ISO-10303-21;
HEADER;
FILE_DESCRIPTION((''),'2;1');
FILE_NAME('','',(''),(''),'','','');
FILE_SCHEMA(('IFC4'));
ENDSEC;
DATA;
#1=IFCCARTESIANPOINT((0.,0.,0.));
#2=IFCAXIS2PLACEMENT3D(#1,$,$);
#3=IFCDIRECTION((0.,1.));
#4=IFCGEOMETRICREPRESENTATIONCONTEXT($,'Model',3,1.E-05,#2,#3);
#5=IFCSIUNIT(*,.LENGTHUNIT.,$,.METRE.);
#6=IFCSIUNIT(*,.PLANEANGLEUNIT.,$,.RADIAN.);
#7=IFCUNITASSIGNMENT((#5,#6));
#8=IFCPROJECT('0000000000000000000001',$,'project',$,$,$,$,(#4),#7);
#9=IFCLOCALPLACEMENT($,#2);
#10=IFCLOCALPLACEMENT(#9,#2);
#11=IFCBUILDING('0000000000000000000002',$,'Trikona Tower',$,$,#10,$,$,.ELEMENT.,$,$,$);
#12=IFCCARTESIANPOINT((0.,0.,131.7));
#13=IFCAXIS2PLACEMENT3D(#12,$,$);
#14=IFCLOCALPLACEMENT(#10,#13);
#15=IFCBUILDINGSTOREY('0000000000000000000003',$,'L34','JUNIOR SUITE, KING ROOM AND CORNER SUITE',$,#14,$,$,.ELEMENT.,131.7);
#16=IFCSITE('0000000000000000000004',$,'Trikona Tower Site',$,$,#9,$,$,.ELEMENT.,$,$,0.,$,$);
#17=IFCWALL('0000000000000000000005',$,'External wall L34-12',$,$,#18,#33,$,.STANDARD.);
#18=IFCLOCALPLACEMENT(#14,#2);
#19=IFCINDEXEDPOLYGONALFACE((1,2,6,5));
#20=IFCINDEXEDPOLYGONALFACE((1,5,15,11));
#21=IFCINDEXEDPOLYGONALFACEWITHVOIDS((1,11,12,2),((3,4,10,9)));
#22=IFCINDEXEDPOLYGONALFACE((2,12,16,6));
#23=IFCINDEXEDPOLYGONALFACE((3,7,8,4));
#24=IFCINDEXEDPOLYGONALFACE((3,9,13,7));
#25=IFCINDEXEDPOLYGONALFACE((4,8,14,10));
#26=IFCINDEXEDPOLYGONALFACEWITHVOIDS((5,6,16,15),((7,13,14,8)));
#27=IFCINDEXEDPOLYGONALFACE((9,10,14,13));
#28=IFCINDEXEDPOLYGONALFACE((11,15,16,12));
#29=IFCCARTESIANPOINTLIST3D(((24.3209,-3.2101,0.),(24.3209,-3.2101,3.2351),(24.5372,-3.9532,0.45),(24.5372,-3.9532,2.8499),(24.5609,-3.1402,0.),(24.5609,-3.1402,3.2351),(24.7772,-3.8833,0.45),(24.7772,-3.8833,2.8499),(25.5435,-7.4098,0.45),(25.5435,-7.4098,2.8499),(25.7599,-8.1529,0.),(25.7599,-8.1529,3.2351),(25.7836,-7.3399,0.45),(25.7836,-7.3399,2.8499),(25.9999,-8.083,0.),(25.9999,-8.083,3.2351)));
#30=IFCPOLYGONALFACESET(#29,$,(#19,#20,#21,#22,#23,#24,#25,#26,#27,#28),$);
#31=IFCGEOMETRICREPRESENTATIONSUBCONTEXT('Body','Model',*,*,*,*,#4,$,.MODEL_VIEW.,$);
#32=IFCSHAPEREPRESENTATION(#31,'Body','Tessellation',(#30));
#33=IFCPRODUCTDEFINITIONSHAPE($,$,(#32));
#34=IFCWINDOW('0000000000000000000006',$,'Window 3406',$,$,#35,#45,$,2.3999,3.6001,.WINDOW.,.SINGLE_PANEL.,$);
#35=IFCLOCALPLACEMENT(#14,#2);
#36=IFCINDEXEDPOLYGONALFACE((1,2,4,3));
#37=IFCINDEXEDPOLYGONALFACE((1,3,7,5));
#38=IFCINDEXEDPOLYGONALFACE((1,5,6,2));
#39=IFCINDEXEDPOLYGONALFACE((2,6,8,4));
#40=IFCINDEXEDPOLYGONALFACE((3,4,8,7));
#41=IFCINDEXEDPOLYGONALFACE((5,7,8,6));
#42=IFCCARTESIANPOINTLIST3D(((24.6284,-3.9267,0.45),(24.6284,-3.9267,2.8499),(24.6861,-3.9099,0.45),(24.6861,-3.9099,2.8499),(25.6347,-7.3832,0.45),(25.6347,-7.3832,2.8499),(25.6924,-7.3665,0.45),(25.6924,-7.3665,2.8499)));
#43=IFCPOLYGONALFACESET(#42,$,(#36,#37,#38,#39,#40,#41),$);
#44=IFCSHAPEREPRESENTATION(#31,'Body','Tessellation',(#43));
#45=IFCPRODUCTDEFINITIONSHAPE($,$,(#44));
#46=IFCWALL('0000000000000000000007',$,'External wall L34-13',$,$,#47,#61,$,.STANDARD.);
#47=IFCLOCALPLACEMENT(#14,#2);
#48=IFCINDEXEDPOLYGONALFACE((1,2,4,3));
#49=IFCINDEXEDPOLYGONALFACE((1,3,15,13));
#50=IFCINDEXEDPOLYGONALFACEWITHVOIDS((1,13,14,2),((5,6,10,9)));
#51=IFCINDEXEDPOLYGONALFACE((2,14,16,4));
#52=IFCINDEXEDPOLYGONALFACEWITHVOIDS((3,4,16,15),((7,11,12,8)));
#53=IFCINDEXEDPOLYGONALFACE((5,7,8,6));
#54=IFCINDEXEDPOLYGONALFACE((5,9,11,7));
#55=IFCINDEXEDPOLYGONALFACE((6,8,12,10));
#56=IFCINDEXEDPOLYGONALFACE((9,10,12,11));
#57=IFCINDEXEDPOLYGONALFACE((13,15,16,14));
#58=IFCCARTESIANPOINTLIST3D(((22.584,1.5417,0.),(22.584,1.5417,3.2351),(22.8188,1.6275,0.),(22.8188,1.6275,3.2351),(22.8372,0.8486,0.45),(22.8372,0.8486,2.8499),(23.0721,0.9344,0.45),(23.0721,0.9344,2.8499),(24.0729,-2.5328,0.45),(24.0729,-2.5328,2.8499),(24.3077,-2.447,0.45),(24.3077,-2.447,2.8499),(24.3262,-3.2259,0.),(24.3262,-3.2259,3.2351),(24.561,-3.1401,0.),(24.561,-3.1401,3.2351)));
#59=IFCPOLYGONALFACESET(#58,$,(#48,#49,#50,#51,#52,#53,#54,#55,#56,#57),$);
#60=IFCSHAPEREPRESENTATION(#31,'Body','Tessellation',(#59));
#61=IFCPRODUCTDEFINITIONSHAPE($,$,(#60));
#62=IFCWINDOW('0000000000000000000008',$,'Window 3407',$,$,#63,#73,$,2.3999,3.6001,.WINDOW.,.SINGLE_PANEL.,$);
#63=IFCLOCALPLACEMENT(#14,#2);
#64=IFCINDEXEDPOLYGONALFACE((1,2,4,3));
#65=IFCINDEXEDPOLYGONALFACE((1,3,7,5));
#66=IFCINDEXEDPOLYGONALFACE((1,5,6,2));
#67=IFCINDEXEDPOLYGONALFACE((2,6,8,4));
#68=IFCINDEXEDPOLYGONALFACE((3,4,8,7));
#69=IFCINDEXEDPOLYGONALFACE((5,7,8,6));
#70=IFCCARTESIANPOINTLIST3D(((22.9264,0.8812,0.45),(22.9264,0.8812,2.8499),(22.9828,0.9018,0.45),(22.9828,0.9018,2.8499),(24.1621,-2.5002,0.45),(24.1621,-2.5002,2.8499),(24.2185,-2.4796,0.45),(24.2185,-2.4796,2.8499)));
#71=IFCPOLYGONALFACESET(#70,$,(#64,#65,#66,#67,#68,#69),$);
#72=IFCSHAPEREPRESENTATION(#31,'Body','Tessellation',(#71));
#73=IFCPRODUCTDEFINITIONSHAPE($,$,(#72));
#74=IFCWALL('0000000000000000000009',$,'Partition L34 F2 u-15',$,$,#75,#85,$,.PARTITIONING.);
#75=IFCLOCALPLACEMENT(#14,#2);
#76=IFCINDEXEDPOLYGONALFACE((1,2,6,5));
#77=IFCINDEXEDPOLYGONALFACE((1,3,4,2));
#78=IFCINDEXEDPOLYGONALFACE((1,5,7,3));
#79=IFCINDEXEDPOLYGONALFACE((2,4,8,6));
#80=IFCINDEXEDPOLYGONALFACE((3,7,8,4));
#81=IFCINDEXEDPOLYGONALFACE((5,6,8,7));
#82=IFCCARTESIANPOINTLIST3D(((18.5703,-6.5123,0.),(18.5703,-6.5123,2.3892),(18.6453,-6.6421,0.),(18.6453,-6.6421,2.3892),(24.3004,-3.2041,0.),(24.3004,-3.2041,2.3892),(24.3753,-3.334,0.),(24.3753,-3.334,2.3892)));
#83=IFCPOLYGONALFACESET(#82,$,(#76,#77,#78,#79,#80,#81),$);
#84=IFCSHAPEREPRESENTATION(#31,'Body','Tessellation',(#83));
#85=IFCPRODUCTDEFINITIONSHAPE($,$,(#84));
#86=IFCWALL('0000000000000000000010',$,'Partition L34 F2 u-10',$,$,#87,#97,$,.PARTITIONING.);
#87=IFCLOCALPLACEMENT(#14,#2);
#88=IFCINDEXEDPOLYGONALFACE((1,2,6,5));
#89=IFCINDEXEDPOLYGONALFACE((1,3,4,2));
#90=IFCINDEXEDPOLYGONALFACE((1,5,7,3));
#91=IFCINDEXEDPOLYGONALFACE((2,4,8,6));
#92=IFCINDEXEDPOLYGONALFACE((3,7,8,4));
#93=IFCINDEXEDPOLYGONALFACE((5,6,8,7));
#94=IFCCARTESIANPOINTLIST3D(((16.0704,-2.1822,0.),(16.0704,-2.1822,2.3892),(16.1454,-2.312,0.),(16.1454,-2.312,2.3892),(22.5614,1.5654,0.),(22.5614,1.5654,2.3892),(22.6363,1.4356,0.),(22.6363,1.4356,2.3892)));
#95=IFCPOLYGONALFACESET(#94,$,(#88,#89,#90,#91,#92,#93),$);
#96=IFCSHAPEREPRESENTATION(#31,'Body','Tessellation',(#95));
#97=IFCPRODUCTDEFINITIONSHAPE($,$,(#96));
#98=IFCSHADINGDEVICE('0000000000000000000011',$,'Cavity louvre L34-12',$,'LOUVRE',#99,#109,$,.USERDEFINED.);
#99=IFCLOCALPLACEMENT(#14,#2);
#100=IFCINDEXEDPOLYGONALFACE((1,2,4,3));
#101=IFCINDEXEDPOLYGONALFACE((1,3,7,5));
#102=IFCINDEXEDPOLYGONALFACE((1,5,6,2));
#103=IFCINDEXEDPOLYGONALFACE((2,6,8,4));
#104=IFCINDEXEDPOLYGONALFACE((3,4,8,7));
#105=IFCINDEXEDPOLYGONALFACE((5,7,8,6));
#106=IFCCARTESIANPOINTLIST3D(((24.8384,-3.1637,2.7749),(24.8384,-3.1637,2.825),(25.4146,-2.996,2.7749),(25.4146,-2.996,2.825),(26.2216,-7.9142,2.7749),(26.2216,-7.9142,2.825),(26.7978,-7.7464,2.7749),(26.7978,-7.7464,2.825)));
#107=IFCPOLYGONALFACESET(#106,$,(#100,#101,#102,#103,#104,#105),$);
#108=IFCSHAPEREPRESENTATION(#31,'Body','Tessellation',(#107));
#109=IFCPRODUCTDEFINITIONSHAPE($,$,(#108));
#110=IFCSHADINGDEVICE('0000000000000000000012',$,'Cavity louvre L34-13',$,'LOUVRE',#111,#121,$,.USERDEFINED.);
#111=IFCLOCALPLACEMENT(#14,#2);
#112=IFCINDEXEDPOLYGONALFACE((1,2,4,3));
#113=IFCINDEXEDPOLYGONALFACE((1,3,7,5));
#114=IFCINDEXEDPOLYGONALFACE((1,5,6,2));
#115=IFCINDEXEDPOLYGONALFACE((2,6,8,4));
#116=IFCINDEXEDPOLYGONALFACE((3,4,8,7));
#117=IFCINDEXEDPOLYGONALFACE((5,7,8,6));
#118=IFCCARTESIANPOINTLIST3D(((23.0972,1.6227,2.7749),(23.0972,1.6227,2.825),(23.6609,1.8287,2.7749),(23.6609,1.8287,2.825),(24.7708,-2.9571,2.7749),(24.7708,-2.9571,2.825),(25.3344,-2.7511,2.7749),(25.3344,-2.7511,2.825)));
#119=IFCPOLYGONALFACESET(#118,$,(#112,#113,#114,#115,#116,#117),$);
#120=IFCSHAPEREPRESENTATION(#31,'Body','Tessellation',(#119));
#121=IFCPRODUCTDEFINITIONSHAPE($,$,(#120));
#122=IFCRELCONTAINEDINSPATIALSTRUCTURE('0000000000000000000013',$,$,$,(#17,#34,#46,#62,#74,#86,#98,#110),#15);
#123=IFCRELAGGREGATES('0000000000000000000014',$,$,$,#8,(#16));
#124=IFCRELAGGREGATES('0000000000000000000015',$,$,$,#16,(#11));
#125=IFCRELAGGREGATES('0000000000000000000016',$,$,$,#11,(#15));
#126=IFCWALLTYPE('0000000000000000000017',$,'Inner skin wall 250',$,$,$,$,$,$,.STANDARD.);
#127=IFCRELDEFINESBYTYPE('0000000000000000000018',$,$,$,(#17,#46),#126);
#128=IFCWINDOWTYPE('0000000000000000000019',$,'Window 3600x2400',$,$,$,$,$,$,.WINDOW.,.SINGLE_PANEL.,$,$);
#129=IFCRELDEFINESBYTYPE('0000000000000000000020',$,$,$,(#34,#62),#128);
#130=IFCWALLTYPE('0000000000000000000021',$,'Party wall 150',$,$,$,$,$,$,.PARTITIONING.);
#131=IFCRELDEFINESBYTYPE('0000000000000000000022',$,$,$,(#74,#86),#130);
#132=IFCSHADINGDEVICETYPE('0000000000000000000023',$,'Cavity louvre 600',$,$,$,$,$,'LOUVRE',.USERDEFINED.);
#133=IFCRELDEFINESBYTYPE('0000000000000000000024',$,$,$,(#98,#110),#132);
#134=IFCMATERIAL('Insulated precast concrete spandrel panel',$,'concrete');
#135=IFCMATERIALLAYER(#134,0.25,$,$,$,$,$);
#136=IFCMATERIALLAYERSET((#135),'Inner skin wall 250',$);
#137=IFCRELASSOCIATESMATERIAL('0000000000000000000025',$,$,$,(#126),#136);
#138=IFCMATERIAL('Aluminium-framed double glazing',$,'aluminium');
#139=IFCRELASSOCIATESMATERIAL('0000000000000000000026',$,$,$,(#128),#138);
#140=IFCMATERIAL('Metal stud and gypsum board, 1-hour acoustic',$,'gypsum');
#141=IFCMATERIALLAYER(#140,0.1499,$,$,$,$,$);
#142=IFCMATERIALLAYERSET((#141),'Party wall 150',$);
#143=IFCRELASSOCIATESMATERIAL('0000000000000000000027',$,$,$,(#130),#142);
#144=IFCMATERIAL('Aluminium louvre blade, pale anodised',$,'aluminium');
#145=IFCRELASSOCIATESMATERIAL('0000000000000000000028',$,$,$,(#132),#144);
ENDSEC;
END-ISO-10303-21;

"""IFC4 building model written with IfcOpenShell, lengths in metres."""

from ifc_helpers import new_model, si_unit, direction, frame, frame_2d, origin, origin_2d, place, context, subcontext, project, spatial, rectangle, extrude, material, layer, layer_set, type_object, element, fill, save


model = new_model("IFC4")

# Units and contexts
model_context = context("Model", 3, precision=1e-05, world=origin(), true_north=direction((0.0, 1.0)))
body_context = subcontext(model_context, "Body", "Model", "MODEL_VIEW")
ifc_project = project(units=[si_unit("LENGTHUNIT", "METRE"), si_unit("PLANEANGLEUNIT", "RADIAN")], contexts=[model_context])

# Site, building, storey
site_placement = place(None, origin())
site = spatial("IfcSite", under=ifc_project, at=site_placement, Name="Trikona Tower Site", CompositionType="ELEMENT", RefElevation=0.0)
building_placement = place(site_placement, origin())
building = spatial("IfcBuilding", under=site, at=building_placement, Name="Trikona Tower", CompositionType="ELEMENT")
storey_placement = place(building_placement, frame((0.0, 0.0, 131.7)))
storey = spatial("IfcBuildingStorey", under=building, at=storey_placement, Name="L34", Description="JUNIOR SUITE, KING ROOM AND CORNER SUITE", CompositionType="ELEMENT", Elevation=131.7)

# Walls, openings, windows
ifc_material_1 = material(Name="Insulated precast concrete spandrel panel", Category="concrete")
ifc_layer_1 = layer(ifc_material_1, 0.25)
ifc_layer_set_1 = layer_set([ifc_layer_1], Name="Inner skin wall 250")
wall_type_1 = type_object("IfcWallType", Name="Inner skin wall 250", PredefinedType="STANDARD", material=ifc_layer_set_1)
wall_1_placement = place(storey_placement, frame((25.8799, -8.1179, 0.0), z_axis=(0.0, 0.0, 1.0), x_axis=(-0.279528, 0.960137, 0.0)))
wall_1 = element("IfcWall", 1, at=wall_1_placement, inside=storey, type_object=wall_type_1, Name="External wall L34-12", PredefinedType="STANDARD", context=body_context, shape_type="SweptSolid", body=[
    extrude(rectangle(XDim=5.1479, YDim=0.25, at=frame_2d((2.574, 0.0))), origin(), (0.0, 0.0, 1.0), 3.2351),
])
opening_1_placement = place(wall_1_placement, frame((0.7739, 0.0, 0.45)))
opening_1 = element("IfcOpeningElement", 2, at=opening_1_placement, cuts=wall_1, PredefinedType="OPENING", context=body_context, shape_type="SweptSolid", body=[
    extrude(rectangle(XDim=3.6001, YDim=2.3999, at=frame_2d((1.8, 1.2))), frame((0.0, 0.135, 0.0), z_axis=(0.0, -1.0, 0.0), x_axis=(1.0, 0.0, 0.0)), (0.0, 0.0, 1.0), 0.27),
])
ifc_material_2 = material(Name="Aluminium-framed double glazing", Category="aluminium")
window_type = type_object("IfcWindowType", Name="Window 3600x2400", PartitioningType="SINGLE_PANEL", PredefinedType="WINDOW", material=ifc_material_2)
window_1_placement = place(opening_1_placement, origin())
window_1 = element("IfcWindow", 3, at=window_1_placement, inside=storey, type_object=window_type, Name="Window 3406", OverallHeight=2.3999, OverallWidth=3.6001, PartitioningType="SINGLE_PANEL", PredefinedType="WINDOW", context=body_context, shape_type="SweptSolid", body=[
    extrude(rectangle(XDim=3.6001, YDim=2.3999, at=frame_2d((1.8, 1.2))), frame((0.0, 0.03, 0.0), z_axis=(0.0, -1.0, 0.0), x_axis=(1.0, 0.0, 0.0)), (0.0, 0.0, 1.0), 0.0601),
])
fill(opening_1, window_1)
wall_2_placement = place(storey_placement, frame((24.4436, -3.1831, 0.0), z_axis=(0.0, 0.0, 1.0), x_axis=(-0.343226, 0.939253, 0.0)))
wall_2 = element("IfcWall", 4, at=wall_2_placement, inside=storey, type_object=wall_type_1, Name="External wall L34-13", PredefinedType="STANDARD", context=body_context, shape_type="SweptSolid", body=[
    extrude(rectangle(XDim=5.0759, YDim=0.25, at=frame_2d((2.5381, 0.0))), origin(), (0.0, 0.0, 1.0), 3.2351),
])
opening_2_placement = place(wall_2_placement, frame((0.738, 0.0, 0.45)))
opening_2 = element("IfcOpeningElement", 5, at=opening_2_placement, cuts=wall_2, PredefinedType="OPENING", context=body_context, shape_type="SweptSolid", body=[
    extrude(rectangle(XDim=3.6001, YDim=2.3999, at=frame_2d((1.8, 1.2))), frame((0.0, 0.135, 0.0), z_axis=(0.0, -1.0, 0.0), x_axis=(1.0, 0.0, 0.0)), (0.0, 0.0, 1.0), 0.27),
])
window_2_placement = place(opening_2_placement, origin())
window_2 = element("IfcWindow", 6, at=window_2_placement, inside=storey, type_object=window_type, Name="Window 3407", OverallHeight=2.3999, OverallWidth=3.6001, PartitioningType="SINGLE_PANEL", PredefinedType="WINDOW", context=body_context, shape_type="SweptSolid", body=[
    extrude(rectangle(XDim=3.6001, YDim=2.3999, at=frame_2d((1.8, 1.2))), frame((0.0, 0.03, 0.0), z_axis=(0.0, -1.0, 0.0), x_axis=(1.0, 0.0, 0.0)), (0.0, 0.0, 1.0), 0.0601),
])
fill(opening_2, window_2)

# Walls
ifc_material_3 = material(Name="Metal stud and gypsum board, 1-hour acoustic", Category="gypsum")
ifc_layer_2 = layer(ifc_material_3, 0.1499)
ifc_layer_set_2 = layer_set([ifc_layer_2], Name="Party wall 150")
wall_type_2 = type_object("IfcWallType", Name="Party wall 150", PredefinedType="PARTITIONING", material=ifc_layer_set_2)
wall_3_placement = place(storey_placement, frame((18.6079, -6.5771, 0.0), z_axis=(0.0, 0.0, 1.0), x_axis=(0.866032, 0.499989, 0.0)))
element("IfcWall", 7, at=wall_3_placement, inside=storey, type_object=wall_type_2, Name="Partition L34 F2 u-15", PredefinedType="PARTITIONING", context=body_context, shape_type="SweptSolid", body=[
    extrude(rectangle(XDim=6.6165, YDim=0.1499, at=frame_2d((3.3081, 0.0))), origin(), (0.0, 0.0, 1.0), 2.3892),
])
wall_4_placement = place(storey_placement, frame((16.1079, -2.2471, 0.0), z_axis=(0.0, 0.0, 1.0), x_axis=(0.866026, 0.5, 0.0)))
element("IfcWall", 8, at=wall_4_placement, inside=storey, type_object=wall_type_2, Name="Partition L34 F2 u-10", PredefinedType="PARTITIONING", context=body_context, shape_type="SweptSolid", body=[
    extrude(rectangle(XDim=7.4951, YDim=0.1499, at=frame_2d((3.7476, 0.0))), origin(), (0.0, 0.0, 1.0), 2.3892),
])

# Shading devices
ifc_material_4 = material(Name="Aluminium louvre blade, pale anodised", Category="aluminium")
shading_device_type = type_object("IfcShadingDeviceType", Name="Cavity louvre 600", ElementType="LOUVRE", PredefinedType="USERDEFINED", material=ifc_material_4)
shading_device_1_placement = place(storey_placement, frame((25.8181, -5.4551, 2.7749), z_axis=(0.0, 0.0, 1.0), x_axis=(-0.279554, 0.96013, 0.0)))
element("IfcShadingDevice", 9, at=shading_device_1_placement, inside=storey, type_object=shading_device_type, Name="Cavity louvre L34-12", ObjectType="LOUVRE", PredefinedType="USERDEFINED", context=body_context, shape_type="SweptSolid", body=[
    extrude(rectangle(XDim=4.9478, YDim=0.6001, at=origin_2d()), origin(), (0.0, 0.0, 1.0), 0.05),
])
shading_device_2_placement = place(storey_placement, frame((24.2158, -0.5642, 2.7749), z_axis=(0.0, 0.0, 1.0), x_axis=(-0.34322, 0.939255, 0.0)))
element("IfcShadingDevice", 10, at=shading_device_2_placement, inside=storey, type_object=shading_device_type, Name="Cavity louvre L34-13", ObjectType="LOUVRE", PredefinedType="USERDEFINED", context=body_context, shape_type="SweptSolid", body=[
    extrude(rectangle(XDim=4.876, YDim=0.6001, at=origin_2d()), origin(), (0.0, 0.0, 1.0), 0.05),
])

save(model, "model.ifc")
